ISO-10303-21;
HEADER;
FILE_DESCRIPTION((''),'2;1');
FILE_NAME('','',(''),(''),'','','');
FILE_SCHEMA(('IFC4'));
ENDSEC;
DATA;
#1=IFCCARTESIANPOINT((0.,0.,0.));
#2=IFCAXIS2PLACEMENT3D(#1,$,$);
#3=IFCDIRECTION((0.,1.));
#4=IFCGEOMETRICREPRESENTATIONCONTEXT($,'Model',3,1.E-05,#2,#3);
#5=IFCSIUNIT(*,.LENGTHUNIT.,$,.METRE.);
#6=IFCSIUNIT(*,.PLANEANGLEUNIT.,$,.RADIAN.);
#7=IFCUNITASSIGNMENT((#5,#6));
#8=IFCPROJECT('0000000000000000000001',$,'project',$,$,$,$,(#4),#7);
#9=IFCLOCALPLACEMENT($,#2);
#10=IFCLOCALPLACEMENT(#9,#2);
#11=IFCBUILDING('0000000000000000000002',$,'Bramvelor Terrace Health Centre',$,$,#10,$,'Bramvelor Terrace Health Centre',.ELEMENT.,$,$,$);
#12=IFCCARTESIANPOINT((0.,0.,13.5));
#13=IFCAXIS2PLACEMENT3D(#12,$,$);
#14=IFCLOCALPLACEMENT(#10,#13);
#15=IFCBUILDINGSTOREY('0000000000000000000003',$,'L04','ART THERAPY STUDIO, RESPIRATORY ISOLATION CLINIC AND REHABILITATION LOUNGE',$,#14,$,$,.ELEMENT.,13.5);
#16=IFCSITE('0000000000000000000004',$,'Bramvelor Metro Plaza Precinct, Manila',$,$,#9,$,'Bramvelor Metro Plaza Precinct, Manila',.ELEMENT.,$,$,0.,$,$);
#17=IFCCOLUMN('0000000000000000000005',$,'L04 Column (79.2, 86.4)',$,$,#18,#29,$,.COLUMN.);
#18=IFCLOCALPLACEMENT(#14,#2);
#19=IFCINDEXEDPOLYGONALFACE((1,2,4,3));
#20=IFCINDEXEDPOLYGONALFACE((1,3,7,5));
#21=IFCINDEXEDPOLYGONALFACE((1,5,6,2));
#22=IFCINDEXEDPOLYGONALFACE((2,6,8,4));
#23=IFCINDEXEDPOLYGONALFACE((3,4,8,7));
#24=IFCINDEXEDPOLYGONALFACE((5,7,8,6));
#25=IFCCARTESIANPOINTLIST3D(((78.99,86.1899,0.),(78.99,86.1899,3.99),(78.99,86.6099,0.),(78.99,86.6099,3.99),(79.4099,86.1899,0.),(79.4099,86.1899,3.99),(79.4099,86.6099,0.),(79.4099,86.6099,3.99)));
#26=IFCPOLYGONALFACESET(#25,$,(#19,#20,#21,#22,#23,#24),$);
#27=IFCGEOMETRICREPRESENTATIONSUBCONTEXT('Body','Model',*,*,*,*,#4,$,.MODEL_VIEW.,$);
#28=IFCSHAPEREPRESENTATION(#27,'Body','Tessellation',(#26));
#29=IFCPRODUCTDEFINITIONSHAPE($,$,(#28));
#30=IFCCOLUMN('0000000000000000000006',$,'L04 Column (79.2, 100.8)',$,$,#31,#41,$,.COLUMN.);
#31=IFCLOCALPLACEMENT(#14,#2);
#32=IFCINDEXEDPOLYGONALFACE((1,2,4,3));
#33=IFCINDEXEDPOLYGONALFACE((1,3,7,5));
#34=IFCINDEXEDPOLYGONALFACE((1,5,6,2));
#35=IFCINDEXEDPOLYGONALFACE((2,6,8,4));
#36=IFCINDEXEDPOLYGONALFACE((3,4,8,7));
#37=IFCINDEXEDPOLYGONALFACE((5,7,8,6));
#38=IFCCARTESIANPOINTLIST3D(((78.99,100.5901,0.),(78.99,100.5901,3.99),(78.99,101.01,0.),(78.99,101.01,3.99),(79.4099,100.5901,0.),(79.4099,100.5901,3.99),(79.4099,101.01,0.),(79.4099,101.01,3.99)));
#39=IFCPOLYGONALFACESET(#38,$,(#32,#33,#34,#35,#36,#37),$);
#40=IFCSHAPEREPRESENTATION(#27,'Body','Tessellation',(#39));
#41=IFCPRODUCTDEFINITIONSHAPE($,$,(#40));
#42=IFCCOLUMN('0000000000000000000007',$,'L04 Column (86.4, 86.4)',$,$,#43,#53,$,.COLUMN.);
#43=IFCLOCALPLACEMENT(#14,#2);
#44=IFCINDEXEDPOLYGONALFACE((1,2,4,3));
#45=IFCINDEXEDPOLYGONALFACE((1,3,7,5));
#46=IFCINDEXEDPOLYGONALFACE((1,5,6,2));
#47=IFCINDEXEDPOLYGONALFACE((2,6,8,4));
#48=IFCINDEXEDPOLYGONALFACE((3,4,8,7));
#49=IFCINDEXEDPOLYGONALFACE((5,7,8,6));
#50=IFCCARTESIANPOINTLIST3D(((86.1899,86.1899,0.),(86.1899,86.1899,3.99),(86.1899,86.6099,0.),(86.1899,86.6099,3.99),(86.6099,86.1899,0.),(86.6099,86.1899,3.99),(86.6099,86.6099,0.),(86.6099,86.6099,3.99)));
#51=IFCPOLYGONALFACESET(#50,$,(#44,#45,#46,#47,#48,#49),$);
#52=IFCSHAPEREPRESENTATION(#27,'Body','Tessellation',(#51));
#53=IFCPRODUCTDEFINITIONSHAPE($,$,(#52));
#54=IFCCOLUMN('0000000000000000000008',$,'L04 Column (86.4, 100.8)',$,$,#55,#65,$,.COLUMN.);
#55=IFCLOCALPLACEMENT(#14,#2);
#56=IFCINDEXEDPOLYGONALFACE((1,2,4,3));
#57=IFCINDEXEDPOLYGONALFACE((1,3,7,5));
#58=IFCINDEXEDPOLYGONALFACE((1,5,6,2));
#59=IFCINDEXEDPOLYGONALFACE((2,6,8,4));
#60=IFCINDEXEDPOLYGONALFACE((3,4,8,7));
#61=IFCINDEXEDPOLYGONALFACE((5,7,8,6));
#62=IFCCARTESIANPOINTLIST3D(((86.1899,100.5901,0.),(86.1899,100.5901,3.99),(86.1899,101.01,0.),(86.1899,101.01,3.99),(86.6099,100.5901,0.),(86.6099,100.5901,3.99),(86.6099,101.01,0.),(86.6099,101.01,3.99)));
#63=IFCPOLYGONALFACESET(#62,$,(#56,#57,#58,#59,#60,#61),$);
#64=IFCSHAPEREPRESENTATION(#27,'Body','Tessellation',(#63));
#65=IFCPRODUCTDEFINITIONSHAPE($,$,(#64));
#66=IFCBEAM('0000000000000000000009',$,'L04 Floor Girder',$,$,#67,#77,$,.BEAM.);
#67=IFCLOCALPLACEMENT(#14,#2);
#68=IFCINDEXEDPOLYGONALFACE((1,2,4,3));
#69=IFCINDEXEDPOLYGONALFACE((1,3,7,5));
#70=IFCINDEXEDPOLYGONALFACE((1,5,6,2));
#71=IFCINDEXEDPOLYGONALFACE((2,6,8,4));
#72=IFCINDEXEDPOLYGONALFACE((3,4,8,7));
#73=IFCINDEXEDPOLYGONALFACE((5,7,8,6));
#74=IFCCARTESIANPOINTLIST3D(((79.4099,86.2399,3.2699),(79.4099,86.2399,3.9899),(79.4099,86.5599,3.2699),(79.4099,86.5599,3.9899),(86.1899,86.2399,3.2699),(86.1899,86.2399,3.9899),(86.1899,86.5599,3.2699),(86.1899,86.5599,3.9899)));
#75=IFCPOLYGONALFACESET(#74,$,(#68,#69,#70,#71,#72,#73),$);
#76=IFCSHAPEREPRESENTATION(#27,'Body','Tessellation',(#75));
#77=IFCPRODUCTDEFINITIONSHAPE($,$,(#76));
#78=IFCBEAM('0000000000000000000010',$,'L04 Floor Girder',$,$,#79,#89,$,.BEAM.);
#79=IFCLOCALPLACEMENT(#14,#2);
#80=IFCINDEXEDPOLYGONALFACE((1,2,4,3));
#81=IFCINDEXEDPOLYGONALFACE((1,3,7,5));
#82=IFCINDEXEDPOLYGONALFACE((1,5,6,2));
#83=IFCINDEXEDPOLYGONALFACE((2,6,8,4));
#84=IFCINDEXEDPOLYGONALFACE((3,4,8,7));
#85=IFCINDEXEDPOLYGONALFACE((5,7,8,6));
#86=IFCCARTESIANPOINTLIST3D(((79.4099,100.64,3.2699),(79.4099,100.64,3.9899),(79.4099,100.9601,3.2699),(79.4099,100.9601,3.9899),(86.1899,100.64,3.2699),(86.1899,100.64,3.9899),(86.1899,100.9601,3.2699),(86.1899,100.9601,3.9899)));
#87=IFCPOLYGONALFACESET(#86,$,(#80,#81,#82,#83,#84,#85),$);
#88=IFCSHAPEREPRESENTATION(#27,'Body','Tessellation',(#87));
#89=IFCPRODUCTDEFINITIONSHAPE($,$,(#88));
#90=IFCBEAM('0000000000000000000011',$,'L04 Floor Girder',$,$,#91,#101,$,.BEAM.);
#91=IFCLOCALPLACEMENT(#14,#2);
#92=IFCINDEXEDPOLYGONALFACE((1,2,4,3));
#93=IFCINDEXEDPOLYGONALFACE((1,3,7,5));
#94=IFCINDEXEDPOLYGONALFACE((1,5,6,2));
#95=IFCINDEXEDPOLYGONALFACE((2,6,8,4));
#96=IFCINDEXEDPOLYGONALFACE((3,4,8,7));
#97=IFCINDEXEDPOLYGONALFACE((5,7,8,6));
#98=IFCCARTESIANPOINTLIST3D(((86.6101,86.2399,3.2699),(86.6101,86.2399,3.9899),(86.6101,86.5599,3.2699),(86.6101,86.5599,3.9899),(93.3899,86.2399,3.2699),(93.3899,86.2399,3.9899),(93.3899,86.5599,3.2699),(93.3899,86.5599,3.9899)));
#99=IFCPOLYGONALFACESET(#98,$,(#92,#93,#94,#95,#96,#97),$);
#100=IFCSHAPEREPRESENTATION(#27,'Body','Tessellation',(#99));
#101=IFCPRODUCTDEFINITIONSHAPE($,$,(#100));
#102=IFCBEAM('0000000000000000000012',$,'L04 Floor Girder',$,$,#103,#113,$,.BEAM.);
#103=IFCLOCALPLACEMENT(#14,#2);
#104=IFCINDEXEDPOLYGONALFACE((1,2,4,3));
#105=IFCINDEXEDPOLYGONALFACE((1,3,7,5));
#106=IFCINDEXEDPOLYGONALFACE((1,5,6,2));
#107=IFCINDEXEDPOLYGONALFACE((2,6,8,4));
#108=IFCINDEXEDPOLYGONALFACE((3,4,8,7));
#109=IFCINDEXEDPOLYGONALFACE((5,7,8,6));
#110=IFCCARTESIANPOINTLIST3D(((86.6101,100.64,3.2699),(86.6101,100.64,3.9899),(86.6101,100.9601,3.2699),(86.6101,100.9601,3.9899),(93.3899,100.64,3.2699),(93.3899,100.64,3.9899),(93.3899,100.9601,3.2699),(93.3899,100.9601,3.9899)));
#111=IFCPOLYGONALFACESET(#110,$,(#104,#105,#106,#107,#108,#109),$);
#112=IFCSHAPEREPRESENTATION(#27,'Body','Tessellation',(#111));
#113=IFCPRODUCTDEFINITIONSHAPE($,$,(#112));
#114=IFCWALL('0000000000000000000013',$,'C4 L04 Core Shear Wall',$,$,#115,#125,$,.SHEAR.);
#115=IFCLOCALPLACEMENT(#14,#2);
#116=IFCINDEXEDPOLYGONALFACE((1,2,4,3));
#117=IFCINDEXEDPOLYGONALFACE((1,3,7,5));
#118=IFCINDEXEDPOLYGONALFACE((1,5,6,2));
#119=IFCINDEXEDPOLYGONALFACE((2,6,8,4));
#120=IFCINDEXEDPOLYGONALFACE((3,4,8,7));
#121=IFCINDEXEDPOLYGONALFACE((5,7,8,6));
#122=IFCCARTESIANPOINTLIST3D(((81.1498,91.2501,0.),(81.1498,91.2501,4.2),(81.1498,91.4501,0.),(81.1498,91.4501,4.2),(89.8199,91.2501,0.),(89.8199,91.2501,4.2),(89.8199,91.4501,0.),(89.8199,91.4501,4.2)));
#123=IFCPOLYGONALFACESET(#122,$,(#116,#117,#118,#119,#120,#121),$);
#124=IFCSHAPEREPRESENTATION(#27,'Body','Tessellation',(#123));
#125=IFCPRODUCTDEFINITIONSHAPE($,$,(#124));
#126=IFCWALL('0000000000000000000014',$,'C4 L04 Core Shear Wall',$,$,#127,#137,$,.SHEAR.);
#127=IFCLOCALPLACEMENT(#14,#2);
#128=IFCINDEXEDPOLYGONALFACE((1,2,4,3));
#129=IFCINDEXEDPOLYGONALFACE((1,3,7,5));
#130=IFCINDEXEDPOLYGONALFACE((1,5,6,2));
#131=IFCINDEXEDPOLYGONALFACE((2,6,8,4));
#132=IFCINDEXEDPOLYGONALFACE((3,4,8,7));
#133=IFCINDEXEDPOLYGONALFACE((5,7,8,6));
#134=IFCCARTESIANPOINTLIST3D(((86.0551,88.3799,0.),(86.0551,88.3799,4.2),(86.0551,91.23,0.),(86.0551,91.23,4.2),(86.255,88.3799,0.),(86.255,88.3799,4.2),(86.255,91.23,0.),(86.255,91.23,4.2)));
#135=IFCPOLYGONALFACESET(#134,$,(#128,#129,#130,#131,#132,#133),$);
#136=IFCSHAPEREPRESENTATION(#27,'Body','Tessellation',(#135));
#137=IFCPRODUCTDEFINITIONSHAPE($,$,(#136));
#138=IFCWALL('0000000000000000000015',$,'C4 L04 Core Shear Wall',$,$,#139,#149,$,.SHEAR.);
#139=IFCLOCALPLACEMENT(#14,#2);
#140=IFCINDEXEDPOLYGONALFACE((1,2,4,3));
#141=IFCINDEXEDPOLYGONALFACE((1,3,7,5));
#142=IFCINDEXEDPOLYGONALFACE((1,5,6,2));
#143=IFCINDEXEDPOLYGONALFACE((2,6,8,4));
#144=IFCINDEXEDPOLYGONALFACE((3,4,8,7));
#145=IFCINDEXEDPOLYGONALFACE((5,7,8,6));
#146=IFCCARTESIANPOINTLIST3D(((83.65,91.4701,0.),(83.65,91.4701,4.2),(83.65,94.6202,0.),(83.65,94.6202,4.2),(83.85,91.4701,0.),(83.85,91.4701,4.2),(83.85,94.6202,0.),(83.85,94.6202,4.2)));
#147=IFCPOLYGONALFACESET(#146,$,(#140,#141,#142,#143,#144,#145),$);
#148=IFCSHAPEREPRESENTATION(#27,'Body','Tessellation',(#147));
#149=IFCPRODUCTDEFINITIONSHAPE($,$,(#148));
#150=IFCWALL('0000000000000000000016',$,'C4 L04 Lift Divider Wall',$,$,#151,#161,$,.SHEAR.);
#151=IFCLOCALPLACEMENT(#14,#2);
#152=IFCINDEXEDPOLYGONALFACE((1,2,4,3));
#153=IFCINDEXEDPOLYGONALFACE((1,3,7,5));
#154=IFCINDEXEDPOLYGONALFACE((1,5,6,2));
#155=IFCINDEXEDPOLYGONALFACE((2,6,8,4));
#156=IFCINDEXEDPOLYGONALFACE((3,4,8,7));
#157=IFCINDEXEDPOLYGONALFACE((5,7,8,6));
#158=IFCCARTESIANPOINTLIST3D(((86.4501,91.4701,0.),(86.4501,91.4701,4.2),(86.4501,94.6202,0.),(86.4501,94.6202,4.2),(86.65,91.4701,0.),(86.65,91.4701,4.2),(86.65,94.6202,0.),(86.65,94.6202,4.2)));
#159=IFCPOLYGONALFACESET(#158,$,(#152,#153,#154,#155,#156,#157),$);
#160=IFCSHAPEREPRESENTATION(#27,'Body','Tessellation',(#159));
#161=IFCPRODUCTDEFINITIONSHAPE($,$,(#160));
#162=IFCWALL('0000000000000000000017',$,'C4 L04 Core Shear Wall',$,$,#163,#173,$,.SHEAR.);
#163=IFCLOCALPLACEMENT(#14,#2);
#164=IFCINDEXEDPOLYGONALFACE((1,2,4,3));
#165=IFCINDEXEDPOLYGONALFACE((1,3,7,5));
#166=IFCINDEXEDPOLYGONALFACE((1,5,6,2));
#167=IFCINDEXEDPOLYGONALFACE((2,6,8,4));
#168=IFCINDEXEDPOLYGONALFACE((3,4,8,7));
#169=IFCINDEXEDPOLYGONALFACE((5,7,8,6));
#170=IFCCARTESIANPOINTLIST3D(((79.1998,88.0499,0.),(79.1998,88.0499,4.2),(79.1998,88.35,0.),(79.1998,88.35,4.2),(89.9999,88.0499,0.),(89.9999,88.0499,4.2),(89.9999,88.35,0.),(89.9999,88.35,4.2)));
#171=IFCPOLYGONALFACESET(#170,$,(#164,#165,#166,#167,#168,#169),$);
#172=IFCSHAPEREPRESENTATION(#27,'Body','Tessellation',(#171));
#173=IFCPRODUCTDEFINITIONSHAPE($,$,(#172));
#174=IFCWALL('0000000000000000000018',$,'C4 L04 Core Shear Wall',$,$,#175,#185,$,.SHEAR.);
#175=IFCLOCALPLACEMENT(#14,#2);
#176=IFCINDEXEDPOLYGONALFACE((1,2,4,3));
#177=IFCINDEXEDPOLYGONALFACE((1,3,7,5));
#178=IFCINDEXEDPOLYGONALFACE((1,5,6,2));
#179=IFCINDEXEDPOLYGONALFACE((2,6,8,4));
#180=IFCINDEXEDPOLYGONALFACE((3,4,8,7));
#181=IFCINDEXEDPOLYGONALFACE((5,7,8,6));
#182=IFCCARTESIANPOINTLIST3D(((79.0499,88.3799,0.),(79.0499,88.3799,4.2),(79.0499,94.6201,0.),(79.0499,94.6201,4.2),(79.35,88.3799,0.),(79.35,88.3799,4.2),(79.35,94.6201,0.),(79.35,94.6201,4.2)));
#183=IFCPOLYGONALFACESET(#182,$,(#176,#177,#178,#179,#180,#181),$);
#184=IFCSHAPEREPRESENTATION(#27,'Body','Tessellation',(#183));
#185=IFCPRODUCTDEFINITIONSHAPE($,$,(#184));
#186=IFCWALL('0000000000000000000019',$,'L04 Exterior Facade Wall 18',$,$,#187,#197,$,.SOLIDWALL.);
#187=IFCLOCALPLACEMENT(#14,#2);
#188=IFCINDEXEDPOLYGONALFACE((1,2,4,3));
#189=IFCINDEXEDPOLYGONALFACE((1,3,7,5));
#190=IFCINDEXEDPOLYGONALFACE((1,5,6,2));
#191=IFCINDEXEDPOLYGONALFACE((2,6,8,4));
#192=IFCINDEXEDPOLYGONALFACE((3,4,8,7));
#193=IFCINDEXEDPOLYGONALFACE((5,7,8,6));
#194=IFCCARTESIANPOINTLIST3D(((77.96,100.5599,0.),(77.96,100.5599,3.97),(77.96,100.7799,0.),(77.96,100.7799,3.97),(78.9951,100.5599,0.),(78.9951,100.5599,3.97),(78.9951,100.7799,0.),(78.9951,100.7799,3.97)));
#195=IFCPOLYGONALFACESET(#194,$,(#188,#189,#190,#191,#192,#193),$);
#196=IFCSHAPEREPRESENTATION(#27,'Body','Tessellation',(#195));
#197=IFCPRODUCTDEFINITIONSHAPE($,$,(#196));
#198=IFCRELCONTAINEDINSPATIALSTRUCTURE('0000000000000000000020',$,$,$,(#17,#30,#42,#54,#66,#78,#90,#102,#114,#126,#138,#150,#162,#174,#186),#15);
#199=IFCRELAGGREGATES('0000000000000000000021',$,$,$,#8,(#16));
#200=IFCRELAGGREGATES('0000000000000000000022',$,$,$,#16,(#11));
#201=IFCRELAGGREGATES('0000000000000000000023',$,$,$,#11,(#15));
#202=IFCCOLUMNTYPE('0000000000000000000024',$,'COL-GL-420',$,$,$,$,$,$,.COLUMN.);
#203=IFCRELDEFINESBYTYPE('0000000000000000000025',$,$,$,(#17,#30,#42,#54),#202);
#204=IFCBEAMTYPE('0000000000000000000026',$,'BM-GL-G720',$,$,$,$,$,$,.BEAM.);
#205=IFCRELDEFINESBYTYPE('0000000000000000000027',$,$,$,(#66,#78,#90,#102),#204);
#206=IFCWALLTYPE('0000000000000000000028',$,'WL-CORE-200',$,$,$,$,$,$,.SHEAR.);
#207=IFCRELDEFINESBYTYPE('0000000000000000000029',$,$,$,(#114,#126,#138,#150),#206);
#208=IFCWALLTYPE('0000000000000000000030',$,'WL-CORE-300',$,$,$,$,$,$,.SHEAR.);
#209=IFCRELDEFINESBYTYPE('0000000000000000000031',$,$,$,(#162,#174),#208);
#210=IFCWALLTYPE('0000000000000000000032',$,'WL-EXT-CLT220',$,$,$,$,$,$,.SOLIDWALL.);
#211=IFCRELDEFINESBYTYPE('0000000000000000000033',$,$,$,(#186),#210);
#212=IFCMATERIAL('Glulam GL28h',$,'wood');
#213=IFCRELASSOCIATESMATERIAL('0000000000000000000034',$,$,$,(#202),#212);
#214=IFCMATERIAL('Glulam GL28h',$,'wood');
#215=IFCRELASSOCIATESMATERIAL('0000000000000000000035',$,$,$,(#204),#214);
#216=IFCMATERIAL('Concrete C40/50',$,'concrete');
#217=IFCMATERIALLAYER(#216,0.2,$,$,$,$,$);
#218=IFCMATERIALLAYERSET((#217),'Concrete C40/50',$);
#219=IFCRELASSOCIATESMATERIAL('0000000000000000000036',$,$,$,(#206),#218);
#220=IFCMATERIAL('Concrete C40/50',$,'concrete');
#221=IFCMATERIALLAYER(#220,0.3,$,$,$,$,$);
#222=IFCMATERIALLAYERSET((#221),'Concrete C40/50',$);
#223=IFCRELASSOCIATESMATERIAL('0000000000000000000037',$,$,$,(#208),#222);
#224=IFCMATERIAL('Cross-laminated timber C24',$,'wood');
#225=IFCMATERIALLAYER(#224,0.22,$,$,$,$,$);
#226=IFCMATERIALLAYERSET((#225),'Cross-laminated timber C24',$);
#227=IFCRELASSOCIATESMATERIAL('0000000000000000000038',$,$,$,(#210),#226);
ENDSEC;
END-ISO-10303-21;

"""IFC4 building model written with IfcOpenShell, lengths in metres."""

from ifc_helpers import new_model, si_unit, direction, frame, frame_2d, origin, origin_2d, place, context, subcontext, project, spatial, rectangle, extrude, material, layer, layer_set, material_profile, profile_set, type_object, element, save


model = new_model("IFC4")

# Units and contexts
model_context = context("Model", 3, precision=1e-05, world=origin(), true_north=direction((0.0, 1.0)))
body_context = subcontext(model_context, "Body", "Model", "MODEL_VIEW")
ifc_project = project(units=[si_unit("LENGTHUNIT", "METRE"), si_unit("PLANEANGLEUNIT", "RADIAN")], contexts=[model_context])

# Site, building, storey
site_placement = place(None, origin())
site = spatial("IfcSite", under=ifc_project, at=site_placement, Name="Bramvelor Metro Plaza Precinct, Manila", LongName="Bramvelor Metro Plaza Precinct, Manila", CompositionType="ELEMENT", RefElevation=0.0)
building_placement = place(site_placement, origin())
building = spatial("IfcBuilding", under=site, at=building_placement, Name="Bramvelor Terrace Health Centre", LongName="Bramvelor Terrace Health Centre", CompositionType="ELEMENT")
storey_placement = place(building_placement, frame((0.0, 0.0, 13.5)))
storey = spatial("IfcBuildingStorey", under=building, at=storey_placement, Name="L04", Description="ART THERAPY STUDIO, RESPIRATORY ISOLATION CLINIC AND REHABILITATION LOUNGE", CompositionType="ELEMENT", Elevation=13.5)

# Columns
ifc_material_1 = material(Name="Glulam GL28h", Category="wood")
ifc_material_profile_1 = material_profile(ifc_material_1, rectangle(XDim=0.4199, YDim=0.4199, at=origin_2d()), Name="GL 420x420")
ifc_profile_set_1 = profile_set([ifc_material_profile_1], Name="Glulam GL28h")
column_type = type_object("IfcColumnType", Name="COL-GL-420", PredefinedType="COLUMN", material=ifc_profile_set_1)
for number, where, z_axis, x_axis, name in (
    (1, (79.2, 86.3999, 0.0), (0.0, 0.0, 1.0), (1.0, 0.0, 0.0), "L04 Column (79.2, 86.4)"),
    (2, (79.2, 100.8, 0.0), (0.0, 0.0, 1.0), (1.0, 0.0, 0.0), "L04 Column (79.2, 100.8)"),
    (3, (86.3999, 86.3999, 0.0), (0.0, 0.0, 1.0), (1.0, 0.0, 0.0), "L04 Column (86.4, 86.4)"),
    (4, (86.3999, 100.8, 0.0), (0.0, 0.0, 1.0), (1.0, 0.0, 0.0), "L04 Column (86.4, 100.8)"),
):
    element("IfcColumn", number, at=place(storey_placement, frame(where, z_axis=z_axis, x_axis=x_axis)), inside=storey, type_object=column_type, Name=name, PredefinedType="COLUMN", context=body_context, shape_type="SweptSolid", body=[
        extrude(rectangle(XDim=0.4199, YDim=0.4199, at=origin_2d()), origin(), (0.0, 0.0, 1.0), 3.99),
    ])

# Beams
ifc_material_2 = material(Name="Glulam GL28h", Category="wood")
ifc_material_profile_2 = material_profile(ifc_material_2, rectangle(XDim=0.3201, YDim=0.72, at=origin_2d()), Name="GL 320x720")
ifc_profile_set_2 = profile_set([ifc_material_profile_2], Name="Glulam GL28h")
beam_type = type_object("IfcBeamType", Name="BM-GL-G720", PredefinedType="BEAM", material=ifc_profile_set_2)
for number, where, z_axis, x_axis, name in (
    (5, (79.4099, 86.3999, 3.6299), (1.0, 0.0, 0.0), (0.0, 1.0, 0.0), "L04 Floor Girder"),
    (6, (79.4099, 100.8, 3.6299), (1.0, 0.0, 0.0), (0.0, 1.0, 0.0), "L04 Floor Girder"),
):
    element("IfcBeam", number, at=place(storey_placement, frame(where, z_axis=z_axis, x_axis=x_axis)), inside=storey, type_object=beam_type, Name=name, PredefinedType="BEAM", context=body_context, shape_type="SweptSolid", body=[
        extrude(rectangle(XDim=0.3201, YDim=0.72, at=origin_2d()), origin(), (0.0, 0.0, 1.0), 6.78),
    ])
for number, where, z_axis, x_axis, name in (
    (7, (86.6101, 86.3999, 3.6299), (1.0, 0.0, 0.0), (0.0, 1.0, 0.0), "L04 Floor Girder"),
    (8, (86.6101, 100.8, 3.6299), (1.0, 0.0, 0.0), (0.0, 1.0, 0.0), "L04 Floor Girder"),
):
    element("IfcBeam", number, at=place(storey_placement, frame(where, z_axis=z_axis, x_axis=x_axis)), inside=storey, type_object=beam_type, Name=name, PredefinedType="BEAM", context=body_context, shape_type="SweptSolid", body=[
        extrude(rectangle(XDim=0.3201, YDim=0.72, at=origin_2d()), origin(), (0.0, 0.0, 1.0), 6.7798),
    ])

# Walls
ifc_material_3 = material(Name="Concrete C40/50", Category="concrete")
ifc_layer_1 = layer(ifc_material_3, 0.2)
ifc_layer_set_1 = layer_set([ifc_layer_1], Name="Concrete C40/50")
wall_type_1 = type_object("IfcWallType", Name="WL-CORE-200", PredefinedType="SHEAR", material=ifc_layer_set_1)
wall_1_placement = place(storey_placement, frame((81.1499, 91.3501, 0.0), z_axis=(0.0, 0.0, 1.0), x_axis=(1.0, 0.0, 0.0)))
element("IfcWall", 9, at=wall_1_placement, inside=storey, type_object=wall_type_1, Name="C4 L04 Core Shear Wall", PredefinedType="SHEAR", context=body_context, shape_type="SweptSolid", body=[
    extrude(rectangle(XDim=8.6702, YDim=0.2, at=frame_2d((4.335, 0.0))), origin(), (0.0, 0.0, 1.0), 4.2),
])
wall_2_placement = place(storey_placement, frame((86.155, 88.3799, 0.0), z_axis=(0.0, 0.0, 1.0), x_axis=(0.0, 1.0, 0.0)))
element("IfcWall", 10, at=wall_2_placement, inside=storey, type_object=wall_type_1, Name="C4 L04 Core Shear Wall", PredefinedType="SHEAR", context=body_context, shape_type="SweptSolid", body=[
    extrude(rectangle(XDim=2.8501, YDim=0.2, at=frame_2d((1.425, 0.0))), origin(), (0.0, 0.0, 1.0), 4.2),
])
for number, where, z_axis, x_axis, name in (
    (11, (83.75, 91.47, 0.0), (0.0, 0.0, 1.0), (0.0, 1.0, 0.0), "C4 L04 Core Shear Wall"),
    (12, (86.55, 91.47, 0.0), (0.0, 0.0, 1.0), (0.0, 1.0, 0.0), "C4 L04 Lift Divider Wall"),
):
    element("IfcWall", number, at=place(storey_placement, frame(where, z_axis=z_axis, x_axis=x_axis)), inside=storey, type_object=wall_type_1, Name=name, PredefinedType="SHEAR", context=body_context, shape_type="SweptSolid", body=[
        extrude(rectangle(XDim=3.1501, YDim=0.2, at=frame_2d((1.5752, 0.0))), origin(), (0.0, 0.0, 1.0), 4.2),
    ])
ifc_material_4 = material(Name="Concrete C40/50", Category="concrete")
ifc_layer_2 = layer(ifc_material_4, 0.3)
ifc_layer_set_2 = layer_set([ifc_layer_2], Name="Concrete C40/50")
wall_type_2 = type_object("IfcWallType", Name="WL-CORE-300", PredefinedType="SHEAR", material=ifc_layer_set_2)
wall_3_placement = place(storey_placement, frame((79.2, 88.2, 0.0), z_axis=(0.0, 0.0, 1.0), x_axis=(1.0, 0.0, 0.0)))
element("IfcWall", 13, at=wall_3_placement, inside=storey, type_object=wall_type_2, Name="C4 L04 Core Shear Wall", PredefinedType="SHEAR", context=body_context, shape_type="SweptSolid", body=[
    extrude(rectangle(XDim=10.8, YDim=0.3, at=frame_2d((5.3999, 0.0))), origin(), (0.0, 0.0, 1.0), 4.2),
])

# Walls
wall_4_placement = place(storey_placement, frame((79.2, 88.3799, 0.0), z_axis=(0.0, 0.0, 1.0), x_axis=(0.0, 1.0, 0.0)))
element("IfcWall", 14, at=wall_4_placement, inside=storey, type_object=wall_type_2, Name="C4 L04 Core Shear Wall", PredefinedType="SHEAR", context=body_context, shape_type="SweptSolid", body=[
    extrude(rectangle(XDim=6.2402, YDim=0.3, at=frame_2d((3.1201, 0.0))), origin(), (0.0, 0.0, 1.0), 4.2),
])
ifc_material_5 = material(Name="Cross-laminated timber C24", Category="wood")
ifc_layer_3 = layer(ifc_material_5, 0.22)
ifc_layer_set_3 = layer_set([ifc_layer_3], Name="Cross-laminated timber C24")
wall_type_3 = type_object("IfcWallType", Name="WL-EXT-CLT220", PredefinedType="SOLIDWALL", material=ifc_layer_set_3)
wall_5_placement = place(storey_placement, frame((77.96, 100.6699, 0.0), z_axis=(0.0, 0.0, 1.0), x_axis=(1.0, 0.0, 0.0)))
element("IfcWall", 15, at=wall_5_placement, inside=storey, type_object=wall_type_3, Name="L04 Exterior Facade Wall 18", PredefinedType="SOLIDWALL", context=body_context, shape_type="SweptSolid", body=[
    extrude(rectangle(XDim=1.0352, YDim=0.22, at=frame_2d((0.5176, 0.0))), origin(), (0.0, 0.0, 1.0), 3.97),
])

save(model, "model.ifc")
